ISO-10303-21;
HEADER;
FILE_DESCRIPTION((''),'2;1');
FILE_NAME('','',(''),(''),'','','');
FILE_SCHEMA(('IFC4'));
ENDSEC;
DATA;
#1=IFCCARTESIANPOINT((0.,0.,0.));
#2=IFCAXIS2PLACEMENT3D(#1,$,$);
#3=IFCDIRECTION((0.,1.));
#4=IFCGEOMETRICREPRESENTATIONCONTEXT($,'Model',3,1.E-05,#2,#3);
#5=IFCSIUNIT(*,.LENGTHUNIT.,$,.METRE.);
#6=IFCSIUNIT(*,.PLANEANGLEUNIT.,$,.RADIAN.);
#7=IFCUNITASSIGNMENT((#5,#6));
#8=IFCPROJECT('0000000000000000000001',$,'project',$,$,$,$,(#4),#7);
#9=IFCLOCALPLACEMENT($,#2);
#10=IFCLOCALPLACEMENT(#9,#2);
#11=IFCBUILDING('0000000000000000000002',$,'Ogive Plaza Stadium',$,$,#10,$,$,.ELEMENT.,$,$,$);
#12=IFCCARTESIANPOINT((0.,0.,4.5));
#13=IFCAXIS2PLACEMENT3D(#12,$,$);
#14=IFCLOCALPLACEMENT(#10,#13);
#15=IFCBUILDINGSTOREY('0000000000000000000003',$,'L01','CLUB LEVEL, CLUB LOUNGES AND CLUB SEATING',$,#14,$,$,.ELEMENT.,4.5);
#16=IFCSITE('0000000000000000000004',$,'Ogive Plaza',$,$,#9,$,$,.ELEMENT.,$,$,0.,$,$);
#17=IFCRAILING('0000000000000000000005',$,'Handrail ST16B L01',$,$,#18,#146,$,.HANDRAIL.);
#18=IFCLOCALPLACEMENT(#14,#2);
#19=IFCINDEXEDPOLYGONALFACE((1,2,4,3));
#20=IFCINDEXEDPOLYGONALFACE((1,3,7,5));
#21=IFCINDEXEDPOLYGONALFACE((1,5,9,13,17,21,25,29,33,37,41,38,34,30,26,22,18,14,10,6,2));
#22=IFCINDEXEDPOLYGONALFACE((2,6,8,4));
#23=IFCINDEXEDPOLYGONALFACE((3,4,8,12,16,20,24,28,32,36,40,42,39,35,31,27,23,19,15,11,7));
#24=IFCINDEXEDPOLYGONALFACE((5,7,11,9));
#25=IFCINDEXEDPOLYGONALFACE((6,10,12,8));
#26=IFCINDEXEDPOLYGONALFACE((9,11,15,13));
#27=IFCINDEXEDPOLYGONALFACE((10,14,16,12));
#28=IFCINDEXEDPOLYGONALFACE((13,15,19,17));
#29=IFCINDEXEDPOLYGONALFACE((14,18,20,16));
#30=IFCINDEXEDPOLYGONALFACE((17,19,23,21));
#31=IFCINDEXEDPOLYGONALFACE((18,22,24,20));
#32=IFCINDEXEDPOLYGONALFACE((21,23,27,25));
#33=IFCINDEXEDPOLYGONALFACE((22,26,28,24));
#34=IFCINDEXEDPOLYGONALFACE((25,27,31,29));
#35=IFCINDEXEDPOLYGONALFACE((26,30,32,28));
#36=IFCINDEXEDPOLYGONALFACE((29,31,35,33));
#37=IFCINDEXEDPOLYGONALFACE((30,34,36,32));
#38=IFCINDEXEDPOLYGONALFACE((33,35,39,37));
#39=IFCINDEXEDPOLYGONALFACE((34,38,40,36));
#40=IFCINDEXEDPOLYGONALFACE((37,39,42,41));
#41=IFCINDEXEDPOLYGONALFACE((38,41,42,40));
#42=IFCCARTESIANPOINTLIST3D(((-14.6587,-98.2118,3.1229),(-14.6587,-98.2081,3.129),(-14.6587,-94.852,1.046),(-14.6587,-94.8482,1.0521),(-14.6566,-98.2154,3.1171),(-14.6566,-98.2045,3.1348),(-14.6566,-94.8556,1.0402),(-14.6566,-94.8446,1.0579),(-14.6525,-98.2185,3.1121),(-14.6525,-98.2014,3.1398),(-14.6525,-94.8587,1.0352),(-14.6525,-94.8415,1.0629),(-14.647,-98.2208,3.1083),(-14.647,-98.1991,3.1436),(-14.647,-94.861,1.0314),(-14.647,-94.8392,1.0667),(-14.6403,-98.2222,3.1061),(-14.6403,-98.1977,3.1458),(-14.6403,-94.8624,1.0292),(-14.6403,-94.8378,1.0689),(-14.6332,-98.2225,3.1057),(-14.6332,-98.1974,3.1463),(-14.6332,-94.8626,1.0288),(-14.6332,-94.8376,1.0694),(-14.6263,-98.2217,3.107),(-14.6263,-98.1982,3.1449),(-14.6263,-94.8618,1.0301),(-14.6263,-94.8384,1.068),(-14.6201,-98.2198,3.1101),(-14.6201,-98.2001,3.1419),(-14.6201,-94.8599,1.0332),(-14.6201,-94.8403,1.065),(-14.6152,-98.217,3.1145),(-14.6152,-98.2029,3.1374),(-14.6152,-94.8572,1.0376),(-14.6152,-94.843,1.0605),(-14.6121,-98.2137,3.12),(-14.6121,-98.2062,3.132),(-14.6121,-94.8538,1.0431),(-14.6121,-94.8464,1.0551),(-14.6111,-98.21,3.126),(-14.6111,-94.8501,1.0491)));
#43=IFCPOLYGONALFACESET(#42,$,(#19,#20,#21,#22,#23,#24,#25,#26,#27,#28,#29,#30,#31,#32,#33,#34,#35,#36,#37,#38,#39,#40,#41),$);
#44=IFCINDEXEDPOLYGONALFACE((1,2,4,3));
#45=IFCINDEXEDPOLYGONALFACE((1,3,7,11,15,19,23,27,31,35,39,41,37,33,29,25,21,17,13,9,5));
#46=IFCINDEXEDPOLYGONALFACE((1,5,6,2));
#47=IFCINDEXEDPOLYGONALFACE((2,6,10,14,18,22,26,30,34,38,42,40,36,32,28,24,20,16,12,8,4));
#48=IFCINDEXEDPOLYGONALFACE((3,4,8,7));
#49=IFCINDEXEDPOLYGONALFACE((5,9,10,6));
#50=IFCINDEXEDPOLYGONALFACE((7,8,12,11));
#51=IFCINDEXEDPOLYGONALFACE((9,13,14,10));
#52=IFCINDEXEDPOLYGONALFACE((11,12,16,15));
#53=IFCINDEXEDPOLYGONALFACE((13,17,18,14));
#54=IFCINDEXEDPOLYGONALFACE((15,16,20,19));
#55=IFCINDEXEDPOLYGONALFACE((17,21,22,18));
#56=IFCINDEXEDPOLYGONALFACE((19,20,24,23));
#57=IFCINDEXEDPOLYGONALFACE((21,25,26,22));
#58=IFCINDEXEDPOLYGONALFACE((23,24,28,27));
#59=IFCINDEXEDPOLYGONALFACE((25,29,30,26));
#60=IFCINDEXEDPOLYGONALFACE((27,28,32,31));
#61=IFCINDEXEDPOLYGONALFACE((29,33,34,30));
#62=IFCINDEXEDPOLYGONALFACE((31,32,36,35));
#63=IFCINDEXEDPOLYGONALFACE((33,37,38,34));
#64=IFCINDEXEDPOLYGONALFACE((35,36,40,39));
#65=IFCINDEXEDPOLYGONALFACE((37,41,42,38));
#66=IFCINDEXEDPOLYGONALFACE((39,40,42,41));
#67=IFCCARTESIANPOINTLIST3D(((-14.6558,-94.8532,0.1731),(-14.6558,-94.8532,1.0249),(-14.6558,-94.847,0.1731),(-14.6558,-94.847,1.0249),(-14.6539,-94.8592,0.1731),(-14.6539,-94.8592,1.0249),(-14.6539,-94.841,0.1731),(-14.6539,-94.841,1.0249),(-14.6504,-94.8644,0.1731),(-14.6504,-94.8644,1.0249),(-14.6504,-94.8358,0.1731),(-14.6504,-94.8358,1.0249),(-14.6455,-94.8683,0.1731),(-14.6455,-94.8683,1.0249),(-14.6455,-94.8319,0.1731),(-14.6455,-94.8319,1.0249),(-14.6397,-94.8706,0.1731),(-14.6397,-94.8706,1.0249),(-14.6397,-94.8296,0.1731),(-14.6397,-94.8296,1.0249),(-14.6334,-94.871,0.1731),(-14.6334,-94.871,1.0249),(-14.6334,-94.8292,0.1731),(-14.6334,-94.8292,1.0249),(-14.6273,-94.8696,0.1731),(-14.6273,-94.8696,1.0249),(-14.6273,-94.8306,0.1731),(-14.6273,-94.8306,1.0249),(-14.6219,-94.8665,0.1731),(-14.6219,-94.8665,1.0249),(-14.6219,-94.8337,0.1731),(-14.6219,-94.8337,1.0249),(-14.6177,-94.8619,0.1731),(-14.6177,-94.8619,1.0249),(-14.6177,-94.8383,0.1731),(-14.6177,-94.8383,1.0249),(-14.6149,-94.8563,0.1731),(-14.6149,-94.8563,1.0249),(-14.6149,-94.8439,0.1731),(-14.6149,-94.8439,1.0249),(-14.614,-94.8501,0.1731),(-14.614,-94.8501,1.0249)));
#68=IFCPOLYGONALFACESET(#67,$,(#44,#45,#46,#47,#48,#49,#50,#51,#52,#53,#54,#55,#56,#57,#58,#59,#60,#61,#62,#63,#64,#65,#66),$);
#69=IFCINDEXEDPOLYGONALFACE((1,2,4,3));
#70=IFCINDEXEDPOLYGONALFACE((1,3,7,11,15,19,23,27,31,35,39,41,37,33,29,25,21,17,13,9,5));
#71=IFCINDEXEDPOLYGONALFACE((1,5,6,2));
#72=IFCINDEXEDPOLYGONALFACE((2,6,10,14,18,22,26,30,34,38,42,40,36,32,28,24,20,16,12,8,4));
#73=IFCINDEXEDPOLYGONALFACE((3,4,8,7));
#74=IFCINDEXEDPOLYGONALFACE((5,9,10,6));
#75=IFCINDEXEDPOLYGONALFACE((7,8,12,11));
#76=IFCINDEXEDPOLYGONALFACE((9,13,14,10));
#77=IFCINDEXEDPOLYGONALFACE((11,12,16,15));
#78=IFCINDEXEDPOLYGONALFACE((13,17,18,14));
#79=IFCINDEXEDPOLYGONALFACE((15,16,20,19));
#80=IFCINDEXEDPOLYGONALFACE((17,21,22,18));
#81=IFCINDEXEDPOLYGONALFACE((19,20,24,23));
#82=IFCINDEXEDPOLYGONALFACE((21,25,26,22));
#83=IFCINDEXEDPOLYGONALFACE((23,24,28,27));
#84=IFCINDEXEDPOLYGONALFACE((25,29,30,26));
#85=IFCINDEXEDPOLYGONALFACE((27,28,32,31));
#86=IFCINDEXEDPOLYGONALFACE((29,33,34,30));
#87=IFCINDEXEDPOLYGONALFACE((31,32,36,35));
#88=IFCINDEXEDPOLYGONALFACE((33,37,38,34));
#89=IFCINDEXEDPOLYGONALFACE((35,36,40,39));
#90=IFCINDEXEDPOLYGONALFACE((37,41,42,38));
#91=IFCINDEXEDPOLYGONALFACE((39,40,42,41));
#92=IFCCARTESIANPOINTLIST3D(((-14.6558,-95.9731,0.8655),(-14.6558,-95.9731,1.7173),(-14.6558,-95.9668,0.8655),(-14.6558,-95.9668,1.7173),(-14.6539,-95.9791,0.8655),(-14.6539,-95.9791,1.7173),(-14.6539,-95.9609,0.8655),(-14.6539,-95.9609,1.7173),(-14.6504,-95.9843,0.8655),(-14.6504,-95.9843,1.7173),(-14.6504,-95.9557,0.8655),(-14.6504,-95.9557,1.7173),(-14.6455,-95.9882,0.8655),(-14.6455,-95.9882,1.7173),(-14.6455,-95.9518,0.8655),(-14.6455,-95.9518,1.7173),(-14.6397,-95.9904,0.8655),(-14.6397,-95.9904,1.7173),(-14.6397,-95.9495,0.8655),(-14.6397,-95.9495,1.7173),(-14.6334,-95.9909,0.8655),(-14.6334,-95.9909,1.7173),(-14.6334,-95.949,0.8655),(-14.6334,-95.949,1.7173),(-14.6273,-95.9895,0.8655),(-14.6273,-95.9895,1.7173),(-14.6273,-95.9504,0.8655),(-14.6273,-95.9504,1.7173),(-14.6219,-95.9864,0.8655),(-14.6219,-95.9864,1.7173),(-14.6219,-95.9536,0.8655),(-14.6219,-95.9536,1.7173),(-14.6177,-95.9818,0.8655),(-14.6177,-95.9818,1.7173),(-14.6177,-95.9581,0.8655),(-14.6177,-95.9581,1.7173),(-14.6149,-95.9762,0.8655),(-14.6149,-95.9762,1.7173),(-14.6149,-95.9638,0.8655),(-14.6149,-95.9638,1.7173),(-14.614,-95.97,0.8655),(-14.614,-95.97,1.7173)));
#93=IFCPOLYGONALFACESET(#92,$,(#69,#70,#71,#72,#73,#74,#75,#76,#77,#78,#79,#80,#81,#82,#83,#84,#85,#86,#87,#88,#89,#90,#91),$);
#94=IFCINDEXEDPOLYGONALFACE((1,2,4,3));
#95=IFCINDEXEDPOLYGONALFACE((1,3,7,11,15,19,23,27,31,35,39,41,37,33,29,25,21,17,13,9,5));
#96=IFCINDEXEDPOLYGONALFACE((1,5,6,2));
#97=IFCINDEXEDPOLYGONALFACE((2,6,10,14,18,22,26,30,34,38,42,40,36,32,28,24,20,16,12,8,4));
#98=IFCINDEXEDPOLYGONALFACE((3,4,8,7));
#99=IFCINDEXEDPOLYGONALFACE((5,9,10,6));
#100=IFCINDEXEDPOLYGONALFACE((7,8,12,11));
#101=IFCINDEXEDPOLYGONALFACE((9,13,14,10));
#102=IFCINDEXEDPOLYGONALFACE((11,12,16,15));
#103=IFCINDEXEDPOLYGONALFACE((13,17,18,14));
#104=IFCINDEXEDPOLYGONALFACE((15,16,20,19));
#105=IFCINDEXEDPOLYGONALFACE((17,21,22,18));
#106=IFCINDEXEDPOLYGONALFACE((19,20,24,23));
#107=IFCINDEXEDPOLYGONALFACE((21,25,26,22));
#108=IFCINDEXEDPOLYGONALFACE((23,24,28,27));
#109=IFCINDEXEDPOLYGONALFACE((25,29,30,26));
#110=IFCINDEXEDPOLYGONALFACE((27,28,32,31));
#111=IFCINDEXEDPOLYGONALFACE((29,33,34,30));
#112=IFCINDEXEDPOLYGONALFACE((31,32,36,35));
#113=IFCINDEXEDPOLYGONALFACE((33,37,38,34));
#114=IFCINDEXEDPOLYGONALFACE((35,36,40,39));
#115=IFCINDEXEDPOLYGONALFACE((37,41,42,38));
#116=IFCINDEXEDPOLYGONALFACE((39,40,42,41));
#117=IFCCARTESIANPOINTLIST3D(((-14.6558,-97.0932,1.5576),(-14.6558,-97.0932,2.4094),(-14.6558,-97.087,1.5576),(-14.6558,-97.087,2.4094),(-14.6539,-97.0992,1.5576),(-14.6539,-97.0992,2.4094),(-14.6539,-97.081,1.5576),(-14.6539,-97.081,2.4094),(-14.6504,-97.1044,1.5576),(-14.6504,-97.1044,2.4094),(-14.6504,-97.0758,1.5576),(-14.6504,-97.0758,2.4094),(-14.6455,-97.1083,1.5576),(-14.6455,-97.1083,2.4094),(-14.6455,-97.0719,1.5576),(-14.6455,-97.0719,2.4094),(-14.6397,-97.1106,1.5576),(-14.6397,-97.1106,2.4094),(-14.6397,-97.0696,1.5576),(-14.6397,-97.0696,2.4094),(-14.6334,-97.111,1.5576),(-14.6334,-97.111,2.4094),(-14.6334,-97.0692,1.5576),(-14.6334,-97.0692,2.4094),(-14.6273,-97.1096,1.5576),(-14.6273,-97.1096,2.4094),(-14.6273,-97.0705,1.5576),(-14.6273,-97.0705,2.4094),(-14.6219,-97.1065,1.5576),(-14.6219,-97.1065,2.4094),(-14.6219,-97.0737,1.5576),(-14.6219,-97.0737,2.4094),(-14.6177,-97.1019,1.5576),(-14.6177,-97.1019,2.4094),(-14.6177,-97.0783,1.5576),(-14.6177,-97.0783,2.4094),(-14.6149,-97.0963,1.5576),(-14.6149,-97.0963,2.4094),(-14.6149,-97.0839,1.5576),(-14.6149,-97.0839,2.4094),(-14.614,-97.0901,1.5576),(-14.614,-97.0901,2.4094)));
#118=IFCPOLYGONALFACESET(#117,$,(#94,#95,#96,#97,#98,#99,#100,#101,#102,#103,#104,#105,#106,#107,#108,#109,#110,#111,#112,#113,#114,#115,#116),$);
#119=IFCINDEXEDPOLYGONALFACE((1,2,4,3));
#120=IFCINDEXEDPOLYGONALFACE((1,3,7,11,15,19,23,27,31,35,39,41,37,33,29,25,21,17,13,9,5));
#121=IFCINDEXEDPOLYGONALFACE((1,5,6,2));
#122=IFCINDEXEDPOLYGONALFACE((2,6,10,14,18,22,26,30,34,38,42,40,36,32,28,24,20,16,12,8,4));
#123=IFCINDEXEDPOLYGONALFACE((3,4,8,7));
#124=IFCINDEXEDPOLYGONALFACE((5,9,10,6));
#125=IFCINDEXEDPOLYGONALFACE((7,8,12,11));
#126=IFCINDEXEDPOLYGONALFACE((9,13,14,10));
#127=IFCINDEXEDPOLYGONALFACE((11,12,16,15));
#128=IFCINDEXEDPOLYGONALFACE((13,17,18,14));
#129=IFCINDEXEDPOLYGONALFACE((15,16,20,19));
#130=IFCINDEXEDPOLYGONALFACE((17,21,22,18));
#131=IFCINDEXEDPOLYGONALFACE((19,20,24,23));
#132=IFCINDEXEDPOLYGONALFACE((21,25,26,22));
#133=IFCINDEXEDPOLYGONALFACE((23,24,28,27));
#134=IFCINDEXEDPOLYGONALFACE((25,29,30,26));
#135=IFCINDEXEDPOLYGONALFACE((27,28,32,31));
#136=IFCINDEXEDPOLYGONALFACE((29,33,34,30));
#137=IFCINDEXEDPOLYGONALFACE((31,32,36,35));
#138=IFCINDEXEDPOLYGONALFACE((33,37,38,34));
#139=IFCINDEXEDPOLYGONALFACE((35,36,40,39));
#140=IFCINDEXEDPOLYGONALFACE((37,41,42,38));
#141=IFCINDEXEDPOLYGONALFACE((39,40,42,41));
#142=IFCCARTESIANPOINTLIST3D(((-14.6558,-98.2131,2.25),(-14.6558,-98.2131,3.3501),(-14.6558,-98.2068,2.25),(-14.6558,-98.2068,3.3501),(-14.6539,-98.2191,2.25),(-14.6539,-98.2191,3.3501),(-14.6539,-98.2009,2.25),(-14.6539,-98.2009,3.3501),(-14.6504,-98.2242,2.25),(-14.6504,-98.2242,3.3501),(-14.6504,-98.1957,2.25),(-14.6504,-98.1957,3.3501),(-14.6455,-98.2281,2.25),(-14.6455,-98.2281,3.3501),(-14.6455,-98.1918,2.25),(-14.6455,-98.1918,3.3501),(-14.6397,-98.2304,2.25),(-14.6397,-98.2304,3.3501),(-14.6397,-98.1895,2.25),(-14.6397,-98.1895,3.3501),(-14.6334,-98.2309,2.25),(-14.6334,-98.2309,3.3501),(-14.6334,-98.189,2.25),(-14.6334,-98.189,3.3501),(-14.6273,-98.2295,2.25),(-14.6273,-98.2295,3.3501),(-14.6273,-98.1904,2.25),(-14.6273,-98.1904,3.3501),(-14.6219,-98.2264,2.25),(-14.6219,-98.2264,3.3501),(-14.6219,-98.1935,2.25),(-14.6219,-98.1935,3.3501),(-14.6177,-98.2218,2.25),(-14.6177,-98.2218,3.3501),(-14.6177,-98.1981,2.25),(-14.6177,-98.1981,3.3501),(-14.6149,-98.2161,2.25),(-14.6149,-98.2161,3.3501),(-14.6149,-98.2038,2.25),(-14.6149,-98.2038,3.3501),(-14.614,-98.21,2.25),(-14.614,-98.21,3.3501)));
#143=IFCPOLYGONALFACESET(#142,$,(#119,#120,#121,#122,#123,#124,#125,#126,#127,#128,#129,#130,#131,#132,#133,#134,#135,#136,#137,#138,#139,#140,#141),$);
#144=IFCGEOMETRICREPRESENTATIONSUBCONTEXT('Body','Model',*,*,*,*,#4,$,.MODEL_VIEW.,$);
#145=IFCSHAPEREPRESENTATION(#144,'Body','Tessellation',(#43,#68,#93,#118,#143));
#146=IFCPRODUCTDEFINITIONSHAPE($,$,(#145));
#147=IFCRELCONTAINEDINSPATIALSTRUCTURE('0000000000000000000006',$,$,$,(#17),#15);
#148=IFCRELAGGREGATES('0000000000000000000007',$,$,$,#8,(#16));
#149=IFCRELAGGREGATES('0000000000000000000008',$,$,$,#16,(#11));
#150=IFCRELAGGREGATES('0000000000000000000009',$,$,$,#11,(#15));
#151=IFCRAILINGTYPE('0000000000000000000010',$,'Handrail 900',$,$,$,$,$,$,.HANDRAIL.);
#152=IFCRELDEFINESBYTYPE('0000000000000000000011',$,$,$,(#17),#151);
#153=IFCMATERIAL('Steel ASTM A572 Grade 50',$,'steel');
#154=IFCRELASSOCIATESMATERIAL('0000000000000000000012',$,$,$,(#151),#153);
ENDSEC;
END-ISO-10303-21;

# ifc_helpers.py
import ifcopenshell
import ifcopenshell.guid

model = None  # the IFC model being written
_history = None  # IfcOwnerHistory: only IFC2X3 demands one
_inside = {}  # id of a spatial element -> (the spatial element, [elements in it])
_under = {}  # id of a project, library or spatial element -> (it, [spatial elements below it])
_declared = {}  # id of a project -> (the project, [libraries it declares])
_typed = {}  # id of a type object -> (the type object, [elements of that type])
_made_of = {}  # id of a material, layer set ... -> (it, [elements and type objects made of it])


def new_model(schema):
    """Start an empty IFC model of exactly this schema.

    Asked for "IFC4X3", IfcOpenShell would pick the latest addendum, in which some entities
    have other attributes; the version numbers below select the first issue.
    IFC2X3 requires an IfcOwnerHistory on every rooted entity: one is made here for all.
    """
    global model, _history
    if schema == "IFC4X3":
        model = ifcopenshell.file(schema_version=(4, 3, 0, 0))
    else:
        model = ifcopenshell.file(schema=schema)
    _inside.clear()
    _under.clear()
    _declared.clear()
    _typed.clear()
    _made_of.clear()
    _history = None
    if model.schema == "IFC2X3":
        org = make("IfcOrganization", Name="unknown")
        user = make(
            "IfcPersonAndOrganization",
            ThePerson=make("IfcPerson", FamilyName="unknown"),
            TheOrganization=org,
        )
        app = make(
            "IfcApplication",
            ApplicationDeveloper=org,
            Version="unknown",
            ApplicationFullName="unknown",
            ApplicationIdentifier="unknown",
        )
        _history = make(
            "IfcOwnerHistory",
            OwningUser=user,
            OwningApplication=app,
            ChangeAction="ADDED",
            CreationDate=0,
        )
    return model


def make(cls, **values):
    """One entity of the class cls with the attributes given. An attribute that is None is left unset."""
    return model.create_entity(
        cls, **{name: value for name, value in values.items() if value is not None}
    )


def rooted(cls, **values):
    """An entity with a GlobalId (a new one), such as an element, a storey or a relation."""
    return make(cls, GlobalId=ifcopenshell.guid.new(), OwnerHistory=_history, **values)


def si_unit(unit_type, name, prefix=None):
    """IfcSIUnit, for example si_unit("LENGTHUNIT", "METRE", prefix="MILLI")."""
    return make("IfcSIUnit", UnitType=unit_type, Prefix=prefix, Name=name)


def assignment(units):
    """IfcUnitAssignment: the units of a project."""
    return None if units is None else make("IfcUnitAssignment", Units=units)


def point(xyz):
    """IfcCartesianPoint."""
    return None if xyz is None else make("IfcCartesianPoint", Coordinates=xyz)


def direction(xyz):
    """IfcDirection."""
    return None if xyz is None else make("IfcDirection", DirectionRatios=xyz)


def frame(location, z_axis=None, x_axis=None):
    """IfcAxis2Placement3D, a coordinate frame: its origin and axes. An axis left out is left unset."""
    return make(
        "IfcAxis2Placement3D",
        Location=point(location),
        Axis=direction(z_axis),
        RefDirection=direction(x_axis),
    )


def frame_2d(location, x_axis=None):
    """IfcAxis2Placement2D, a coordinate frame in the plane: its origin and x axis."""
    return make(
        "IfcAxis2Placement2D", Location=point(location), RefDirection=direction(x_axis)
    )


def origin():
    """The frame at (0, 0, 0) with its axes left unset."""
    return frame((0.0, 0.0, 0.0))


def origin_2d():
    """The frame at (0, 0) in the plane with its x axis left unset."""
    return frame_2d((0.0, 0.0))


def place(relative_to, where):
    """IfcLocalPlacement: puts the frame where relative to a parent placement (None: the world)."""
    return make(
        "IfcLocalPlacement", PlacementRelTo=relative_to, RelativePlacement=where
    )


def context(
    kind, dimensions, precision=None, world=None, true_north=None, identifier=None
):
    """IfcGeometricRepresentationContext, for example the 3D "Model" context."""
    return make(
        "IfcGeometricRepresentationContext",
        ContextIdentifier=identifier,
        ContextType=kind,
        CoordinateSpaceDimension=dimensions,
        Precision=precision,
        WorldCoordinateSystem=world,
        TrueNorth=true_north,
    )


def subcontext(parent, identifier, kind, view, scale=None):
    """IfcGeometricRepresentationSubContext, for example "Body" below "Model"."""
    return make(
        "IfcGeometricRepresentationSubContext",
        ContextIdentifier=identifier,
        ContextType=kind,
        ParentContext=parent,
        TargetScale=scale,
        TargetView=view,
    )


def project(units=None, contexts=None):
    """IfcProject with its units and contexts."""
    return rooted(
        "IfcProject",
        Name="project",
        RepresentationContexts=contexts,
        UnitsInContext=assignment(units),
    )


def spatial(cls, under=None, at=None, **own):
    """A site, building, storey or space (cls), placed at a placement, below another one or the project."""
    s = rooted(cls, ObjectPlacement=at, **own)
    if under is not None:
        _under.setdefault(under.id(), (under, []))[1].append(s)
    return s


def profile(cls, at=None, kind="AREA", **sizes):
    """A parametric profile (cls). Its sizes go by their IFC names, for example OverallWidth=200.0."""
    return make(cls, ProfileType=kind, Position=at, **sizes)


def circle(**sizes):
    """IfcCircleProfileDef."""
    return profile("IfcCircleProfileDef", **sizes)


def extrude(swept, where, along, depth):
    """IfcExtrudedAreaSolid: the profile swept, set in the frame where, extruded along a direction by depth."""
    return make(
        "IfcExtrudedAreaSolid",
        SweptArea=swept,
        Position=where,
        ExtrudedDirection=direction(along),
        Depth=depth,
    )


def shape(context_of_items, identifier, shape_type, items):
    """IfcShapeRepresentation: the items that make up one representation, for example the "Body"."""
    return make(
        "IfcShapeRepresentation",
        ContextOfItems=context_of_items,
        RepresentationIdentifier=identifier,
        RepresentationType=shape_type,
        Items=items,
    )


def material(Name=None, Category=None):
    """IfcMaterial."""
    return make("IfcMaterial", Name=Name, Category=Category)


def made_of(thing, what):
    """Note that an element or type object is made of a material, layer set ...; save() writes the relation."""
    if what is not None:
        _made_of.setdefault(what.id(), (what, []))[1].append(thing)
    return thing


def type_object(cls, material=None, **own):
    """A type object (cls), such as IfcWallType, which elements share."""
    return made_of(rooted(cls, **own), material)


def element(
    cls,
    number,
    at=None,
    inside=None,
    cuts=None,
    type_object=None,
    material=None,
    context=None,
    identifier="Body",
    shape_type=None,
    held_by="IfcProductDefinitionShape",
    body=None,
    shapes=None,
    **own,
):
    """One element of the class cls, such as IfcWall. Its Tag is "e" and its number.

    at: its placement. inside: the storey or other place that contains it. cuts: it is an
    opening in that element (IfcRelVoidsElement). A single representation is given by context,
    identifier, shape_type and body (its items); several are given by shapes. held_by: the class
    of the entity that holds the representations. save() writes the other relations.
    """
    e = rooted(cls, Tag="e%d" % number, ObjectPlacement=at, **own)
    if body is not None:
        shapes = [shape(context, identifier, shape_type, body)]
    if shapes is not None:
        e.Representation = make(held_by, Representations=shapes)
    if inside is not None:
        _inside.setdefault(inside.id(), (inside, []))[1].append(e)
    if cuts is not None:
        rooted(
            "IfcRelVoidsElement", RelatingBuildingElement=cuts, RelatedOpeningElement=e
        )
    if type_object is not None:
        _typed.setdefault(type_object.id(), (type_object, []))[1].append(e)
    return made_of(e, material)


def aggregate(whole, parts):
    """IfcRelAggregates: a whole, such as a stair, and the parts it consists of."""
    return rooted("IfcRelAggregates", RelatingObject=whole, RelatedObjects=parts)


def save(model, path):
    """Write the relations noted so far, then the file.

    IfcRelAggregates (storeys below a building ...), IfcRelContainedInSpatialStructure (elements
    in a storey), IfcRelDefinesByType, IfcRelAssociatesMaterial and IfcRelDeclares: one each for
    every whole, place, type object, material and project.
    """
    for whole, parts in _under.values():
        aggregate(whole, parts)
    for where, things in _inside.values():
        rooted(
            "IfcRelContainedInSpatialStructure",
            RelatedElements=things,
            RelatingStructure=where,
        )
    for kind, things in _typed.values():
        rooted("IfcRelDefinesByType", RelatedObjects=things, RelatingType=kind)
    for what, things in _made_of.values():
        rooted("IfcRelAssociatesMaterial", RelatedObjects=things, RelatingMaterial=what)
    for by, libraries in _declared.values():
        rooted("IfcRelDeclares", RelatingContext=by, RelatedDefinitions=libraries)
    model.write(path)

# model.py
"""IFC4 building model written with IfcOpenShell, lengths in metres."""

from ifc_helpers import new_model, si_unit, direction, frame, origin, origin_2d, place, context, subcontext, project, spatial, circle, extrude, material, type_object, element, save


model = new_model("IFC4")

# Units and contexts
model_context = context("Model", 3, precision=1e-05, world=origin(), true_north=direction((0.0, 1.0)))
body_context = subcontext(model_context, "Body", "Model", "MODEL_VIEW")
ifc_project = project(units=[si_unit("LENGTHUNIT", "METRE"), si_unit("PLANEANGLEUNIT", "RADIAN")], contexts=[model_context])

# Site, building, storey
site_placement = place(None, origin())
site = spatial("IfcSite", under=ifc_project, at=site_placement, Name="Ogive Plaza", CompositionType="ELEMENT", RefElevation=0.0)
building_placement = place(site_placement, origin())
building = spatial("IfcBuilding", under=site, at=building_placement, Name="Ogive Plaza Stadium", CompositionType="ELEMENT")
storey_placement = place(building_placement, frame((0.0, 0.0, 4.5)))
storey = spatial("IfcBuildingStorey", under=building, at=storey_placement, Name="L01", Description="CLUB LEVEL, CLUB LOUNGES AND CLUB SEATING", CompositionType="ELEMENT", Elevation=4.5)

# Railing
ifc_material_1 = material(Name="Steel ASTM A572 Grade 50", Category="steel")
railing_type_1 = type_object("IfcRailingType", Name="Handrail 900", PredefinedType="HANDRAIL", material=ifc_material_1)
for number, where, name in (
    (1, (-14.635, -94.8501, 0.1731), "Handrail ST16B L01"),
):
    element("IfcRailing", number, at=place(storey_placement, frame(where)), inside=storey, type_object=railing_type_1, Name=name, PredefinedType="HANDRAIL", context=body_context, shape_type="SweptSolid", body=[
        extrude(circle(Radius=0.0239, at=origin_2d()), frame((0.0, 0.0, 0.876), z_axis=(0.0, -0.850606, 0.525803), x_axis=(1.0, 0.0, 0.0)), (0.0, 0.0, 1.0), 3.95),
        extrude(circle(Radius=0.021, at=origin_2d()), origin(), (0.0, 0.0, 1.0), 0.8518),
        extrude(circle(Radius=0.021, at=origin_2d()), frame((0.0, -1.1199, 0.6924)), (0.0, 0.0, 1.0), 0.8518),
        extrude(circle(Radius=0.021, at=origin_2d()), frame((0.0, -2.24, 1.3845)), (0.0, 0.0, 1.0), 0.8518),
        extrude(circle(Radius=0.021, at=origin_2d()), frame((0.0, -3.3599, 2.0769)), (0.0, 0.0, 1.0), 1.1001),
    ])

save(model, "model.ifc")
